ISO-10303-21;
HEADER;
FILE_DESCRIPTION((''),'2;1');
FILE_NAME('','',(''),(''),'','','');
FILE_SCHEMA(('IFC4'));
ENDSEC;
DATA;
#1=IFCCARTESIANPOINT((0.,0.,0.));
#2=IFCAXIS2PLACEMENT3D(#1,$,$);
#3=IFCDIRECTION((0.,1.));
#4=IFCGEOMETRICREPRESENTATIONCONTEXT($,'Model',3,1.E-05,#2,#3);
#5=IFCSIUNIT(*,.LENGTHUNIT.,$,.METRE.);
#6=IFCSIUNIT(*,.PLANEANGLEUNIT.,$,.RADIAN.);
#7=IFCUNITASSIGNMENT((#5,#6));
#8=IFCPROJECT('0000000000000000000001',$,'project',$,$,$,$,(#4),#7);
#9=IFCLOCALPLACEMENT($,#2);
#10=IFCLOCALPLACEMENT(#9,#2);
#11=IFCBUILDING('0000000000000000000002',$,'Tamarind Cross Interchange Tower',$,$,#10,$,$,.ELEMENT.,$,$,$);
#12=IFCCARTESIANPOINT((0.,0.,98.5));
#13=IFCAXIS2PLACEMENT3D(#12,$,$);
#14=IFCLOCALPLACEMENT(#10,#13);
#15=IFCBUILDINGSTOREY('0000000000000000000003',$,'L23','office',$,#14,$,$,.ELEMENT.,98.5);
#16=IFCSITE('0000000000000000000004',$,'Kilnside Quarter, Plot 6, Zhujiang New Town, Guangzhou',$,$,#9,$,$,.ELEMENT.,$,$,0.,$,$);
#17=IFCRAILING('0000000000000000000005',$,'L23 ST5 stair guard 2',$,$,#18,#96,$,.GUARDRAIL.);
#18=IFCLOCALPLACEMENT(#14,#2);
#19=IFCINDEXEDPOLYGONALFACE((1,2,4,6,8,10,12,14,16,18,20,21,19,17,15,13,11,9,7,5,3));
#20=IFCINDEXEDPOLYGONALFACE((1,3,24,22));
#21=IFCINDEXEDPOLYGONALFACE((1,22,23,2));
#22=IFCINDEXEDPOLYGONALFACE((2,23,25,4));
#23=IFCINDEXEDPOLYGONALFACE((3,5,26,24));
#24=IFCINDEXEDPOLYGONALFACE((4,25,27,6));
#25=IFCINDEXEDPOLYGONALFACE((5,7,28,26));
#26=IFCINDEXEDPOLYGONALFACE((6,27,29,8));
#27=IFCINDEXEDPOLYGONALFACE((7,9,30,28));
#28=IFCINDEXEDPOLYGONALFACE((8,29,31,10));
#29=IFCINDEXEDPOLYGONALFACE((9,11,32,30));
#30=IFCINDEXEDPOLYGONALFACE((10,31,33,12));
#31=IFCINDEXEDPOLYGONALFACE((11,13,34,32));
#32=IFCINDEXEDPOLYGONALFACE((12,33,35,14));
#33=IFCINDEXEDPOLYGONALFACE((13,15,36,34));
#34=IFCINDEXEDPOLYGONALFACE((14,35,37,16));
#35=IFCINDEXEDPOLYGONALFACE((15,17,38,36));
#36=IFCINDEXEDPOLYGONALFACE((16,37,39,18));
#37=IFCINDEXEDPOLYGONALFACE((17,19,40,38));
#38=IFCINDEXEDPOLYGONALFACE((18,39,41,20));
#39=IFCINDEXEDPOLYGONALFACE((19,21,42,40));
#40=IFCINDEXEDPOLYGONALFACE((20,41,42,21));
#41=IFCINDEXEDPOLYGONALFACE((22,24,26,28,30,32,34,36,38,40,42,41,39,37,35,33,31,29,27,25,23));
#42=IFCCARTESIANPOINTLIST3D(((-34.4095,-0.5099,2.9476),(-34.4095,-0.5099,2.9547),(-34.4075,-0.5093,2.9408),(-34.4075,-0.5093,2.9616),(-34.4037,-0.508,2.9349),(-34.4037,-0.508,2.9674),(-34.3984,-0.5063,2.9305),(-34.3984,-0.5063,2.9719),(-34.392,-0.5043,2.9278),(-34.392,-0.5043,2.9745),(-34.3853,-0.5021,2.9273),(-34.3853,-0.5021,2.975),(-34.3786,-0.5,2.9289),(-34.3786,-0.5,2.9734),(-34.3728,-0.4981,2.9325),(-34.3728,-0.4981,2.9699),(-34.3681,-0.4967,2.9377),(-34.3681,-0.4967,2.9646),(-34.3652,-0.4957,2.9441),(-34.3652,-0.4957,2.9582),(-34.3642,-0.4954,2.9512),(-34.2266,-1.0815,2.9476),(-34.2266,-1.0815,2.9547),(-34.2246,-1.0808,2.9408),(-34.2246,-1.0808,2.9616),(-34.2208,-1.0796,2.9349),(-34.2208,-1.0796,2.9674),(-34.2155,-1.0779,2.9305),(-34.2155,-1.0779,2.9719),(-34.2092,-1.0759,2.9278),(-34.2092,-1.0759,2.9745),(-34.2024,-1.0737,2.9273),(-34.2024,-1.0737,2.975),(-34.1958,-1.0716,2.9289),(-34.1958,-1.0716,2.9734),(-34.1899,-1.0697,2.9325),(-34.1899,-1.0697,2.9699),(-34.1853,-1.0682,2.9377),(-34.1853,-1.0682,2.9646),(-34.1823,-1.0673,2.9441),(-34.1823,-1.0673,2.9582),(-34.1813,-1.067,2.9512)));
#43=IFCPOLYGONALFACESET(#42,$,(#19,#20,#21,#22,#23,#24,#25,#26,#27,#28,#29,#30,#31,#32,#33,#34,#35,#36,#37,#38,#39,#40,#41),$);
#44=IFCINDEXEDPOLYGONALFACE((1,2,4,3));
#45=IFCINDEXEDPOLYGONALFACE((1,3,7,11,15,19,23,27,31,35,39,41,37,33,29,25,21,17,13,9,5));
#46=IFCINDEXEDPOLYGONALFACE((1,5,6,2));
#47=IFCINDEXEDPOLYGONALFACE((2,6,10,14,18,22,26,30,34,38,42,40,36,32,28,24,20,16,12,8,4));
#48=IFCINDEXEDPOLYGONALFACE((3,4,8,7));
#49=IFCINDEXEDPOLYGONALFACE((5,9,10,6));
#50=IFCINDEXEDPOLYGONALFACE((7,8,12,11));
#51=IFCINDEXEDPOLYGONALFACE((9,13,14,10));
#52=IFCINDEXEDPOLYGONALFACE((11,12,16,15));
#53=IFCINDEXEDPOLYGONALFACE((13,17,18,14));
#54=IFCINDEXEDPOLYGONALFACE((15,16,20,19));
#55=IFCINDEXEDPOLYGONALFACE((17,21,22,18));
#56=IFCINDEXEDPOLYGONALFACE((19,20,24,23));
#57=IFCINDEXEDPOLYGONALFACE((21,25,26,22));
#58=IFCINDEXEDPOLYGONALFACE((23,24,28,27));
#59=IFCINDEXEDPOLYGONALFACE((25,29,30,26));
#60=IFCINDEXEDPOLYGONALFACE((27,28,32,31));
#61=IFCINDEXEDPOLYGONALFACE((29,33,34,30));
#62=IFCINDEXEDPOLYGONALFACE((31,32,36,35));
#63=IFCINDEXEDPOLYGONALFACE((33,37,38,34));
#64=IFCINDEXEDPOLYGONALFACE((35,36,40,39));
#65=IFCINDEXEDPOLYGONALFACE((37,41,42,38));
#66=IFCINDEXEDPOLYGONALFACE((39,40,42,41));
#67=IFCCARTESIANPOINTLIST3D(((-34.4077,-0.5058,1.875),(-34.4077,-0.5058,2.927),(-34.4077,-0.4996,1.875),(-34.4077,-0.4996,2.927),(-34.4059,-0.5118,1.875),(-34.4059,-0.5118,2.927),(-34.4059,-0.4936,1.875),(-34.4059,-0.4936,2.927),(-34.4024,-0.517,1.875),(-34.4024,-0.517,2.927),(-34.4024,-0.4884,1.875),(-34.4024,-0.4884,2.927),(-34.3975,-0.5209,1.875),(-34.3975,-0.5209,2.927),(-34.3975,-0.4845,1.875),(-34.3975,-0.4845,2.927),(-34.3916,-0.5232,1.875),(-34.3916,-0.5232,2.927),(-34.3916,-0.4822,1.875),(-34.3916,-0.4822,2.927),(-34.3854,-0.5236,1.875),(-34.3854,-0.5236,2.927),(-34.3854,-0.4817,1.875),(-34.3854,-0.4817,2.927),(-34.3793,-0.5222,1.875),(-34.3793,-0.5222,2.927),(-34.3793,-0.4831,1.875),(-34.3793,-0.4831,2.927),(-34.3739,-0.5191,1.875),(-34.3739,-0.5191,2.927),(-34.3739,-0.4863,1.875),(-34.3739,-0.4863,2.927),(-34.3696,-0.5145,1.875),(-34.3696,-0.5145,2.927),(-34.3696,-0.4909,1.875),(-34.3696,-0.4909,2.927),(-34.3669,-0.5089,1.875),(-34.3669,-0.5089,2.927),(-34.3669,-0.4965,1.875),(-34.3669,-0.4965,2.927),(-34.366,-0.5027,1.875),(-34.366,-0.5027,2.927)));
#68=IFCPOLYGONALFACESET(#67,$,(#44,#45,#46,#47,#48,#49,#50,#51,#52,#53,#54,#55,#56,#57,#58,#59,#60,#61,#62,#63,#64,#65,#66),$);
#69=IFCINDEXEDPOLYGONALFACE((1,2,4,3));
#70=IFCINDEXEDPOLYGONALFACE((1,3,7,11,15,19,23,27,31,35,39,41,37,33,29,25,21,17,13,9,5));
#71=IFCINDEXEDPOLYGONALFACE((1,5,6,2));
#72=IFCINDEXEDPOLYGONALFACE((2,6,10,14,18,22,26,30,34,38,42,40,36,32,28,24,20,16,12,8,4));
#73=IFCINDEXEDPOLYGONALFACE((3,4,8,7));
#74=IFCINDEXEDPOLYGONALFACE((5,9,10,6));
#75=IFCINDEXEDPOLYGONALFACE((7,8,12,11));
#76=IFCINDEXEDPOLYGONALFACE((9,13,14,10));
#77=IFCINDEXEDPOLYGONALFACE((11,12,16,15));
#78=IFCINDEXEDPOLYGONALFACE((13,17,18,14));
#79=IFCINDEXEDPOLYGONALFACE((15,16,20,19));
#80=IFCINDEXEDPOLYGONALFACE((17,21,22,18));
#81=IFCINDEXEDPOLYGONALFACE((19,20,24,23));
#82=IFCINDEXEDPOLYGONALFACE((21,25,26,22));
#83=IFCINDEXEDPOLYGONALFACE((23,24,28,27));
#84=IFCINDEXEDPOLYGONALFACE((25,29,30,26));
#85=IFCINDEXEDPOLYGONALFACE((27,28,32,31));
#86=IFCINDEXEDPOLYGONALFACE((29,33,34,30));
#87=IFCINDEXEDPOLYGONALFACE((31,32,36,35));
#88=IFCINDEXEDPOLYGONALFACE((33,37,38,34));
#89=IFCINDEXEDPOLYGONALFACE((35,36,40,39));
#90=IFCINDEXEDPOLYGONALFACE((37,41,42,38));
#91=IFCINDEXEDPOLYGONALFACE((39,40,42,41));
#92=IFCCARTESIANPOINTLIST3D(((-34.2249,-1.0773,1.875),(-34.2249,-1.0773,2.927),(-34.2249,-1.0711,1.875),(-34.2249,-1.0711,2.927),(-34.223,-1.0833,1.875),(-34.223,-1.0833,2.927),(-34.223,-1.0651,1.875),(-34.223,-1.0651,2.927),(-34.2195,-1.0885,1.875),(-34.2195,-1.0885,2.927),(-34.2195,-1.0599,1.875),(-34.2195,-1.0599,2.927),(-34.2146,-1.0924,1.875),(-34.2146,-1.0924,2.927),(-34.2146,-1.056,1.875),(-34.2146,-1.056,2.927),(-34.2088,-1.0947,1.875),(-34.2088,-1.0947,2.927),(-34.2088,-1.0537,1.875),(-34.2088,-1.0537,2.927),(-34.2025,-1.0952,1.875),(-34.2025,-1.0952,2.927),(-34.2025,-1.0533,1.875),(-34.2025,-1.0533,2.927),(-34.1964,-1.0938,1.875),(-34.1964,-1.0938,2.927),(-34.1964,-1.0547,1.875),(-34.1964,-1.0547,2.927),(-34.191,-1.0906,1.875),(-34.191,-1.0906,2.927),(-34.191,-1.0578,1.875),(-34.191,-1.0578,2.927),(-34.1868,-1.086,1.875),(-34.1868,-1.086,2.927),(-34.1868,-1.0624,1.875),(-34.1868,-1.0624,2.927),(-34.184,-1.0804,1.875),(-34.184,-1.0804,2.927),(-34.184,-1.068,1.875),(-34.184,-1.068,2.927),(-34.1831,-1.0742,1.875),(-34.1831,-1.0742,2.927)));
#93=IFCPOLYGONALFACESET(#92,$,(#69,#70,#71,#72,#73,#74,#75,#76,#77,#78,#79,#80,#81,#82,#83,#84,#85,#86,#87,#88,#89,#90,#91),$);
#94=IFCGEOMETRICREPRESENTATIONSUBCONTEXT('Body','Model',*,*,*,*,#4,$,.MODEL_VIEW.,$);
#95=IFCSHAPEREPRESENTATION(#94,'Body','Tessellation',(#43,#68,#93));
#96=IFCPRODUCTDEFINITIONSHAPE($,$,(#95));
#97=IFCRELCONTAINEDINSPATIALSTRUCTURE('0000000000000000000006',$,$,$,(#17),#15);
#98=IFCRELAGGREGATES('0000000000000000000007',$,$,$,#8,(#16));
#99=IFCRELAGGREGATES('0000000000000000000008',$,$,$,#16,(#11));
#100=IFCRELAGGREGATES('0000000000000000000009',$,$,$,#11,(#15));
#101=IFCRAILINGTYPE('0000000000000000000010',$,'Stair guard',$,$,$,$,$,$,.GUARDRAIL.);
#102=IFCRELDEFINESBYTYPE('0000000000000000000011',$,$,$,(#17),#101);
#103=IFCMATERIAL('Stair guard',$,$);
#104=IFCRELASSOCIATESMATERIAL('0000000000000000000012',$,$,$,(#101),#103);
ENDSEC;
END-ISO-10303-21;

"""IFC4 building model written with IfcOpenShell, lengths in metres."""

from ifc_helpers import new_model, si_unit, direction, frame, origin, origin_2d, place, context, subcontext, project, spatial, circle, extrude, material, type_object, element, save


model = new_model("IFC4")

# Units and contexts
model_context = context("Model", 3, precision=1e-05, world=origin(), true_north=direction((0.0, 1.0)))
body_context = subcontext(model_context, "Body", "Model", "MODEL_VIEW")
ifc_project = project(units=[si_unit("LENGTHUNIT", "METRE"), si_unit("PLANEANGLEUNIT", "RADIAN")], contexts=[model_context])

# Site, building, storey
site_placement = place(None, origin())
site = spatial("IfcSite", under=ifc_project, at=site_placement, Name="Kilnside Quarter, Plot 6, Zhujiang New Town, Guangzhou", CompositionType="ELEMENT", RefElevation=0.0)
building_placement = place(site_placement, origin())
building = spatial("IfcBuilding", under=site, at=building_placement, Name="Tamarind Cross Interchange Tower", CompositionType="ELEMENT")
storey_placement = place(building_placement, frame((0.0, 0.0, 98.5)))
storey = spatial("IfcBuildingStorey", under=building, at=storey_placement, Name="L23", Description="office", CompositionType="ELEMENT", Elevation=98.5)

# Railing
ifc_material_1 = material(Name="Stair guard")
railing_type_1 = type_object("IfcRailingType", Name="Stair guard", PredefinedType="GUARDRAIL", material=ifc_material_1)
railing_1_placement = place(storey_placement, frame((-34.387, -0.5027, 1.875)))
element("IfcRailing", 1, at=railing_1_placement, inside=storey, type_object=railing_type_1, Name="L23 ST5 stair guard 2", PredefinedType="GUARDRAIL", context=body_context, shape_type="SweptSolid", body=[
    extrude(circle(Radius=0.0239, at=origin_2d()), frame((0.0, 0.0, 1.0762), z_axis=(0.304731, -0.952438, 0.0), x_axis=(0.952438, 0.304731, 0.0)), (0.0, 0.0, 1.0), 0.6001),
    extrude(circle(Radius=0.021, at=origin_2d()), origin(), (0.0, 0.0, 1.0), 1.052),
    extrude(circle(Radius=0.021, at=origin_2d()), frame((0.1829, -0.5715, 0.0)), (0.0, 0.0, 1.0), 1.052),
])

save(model, "model.ifc")
